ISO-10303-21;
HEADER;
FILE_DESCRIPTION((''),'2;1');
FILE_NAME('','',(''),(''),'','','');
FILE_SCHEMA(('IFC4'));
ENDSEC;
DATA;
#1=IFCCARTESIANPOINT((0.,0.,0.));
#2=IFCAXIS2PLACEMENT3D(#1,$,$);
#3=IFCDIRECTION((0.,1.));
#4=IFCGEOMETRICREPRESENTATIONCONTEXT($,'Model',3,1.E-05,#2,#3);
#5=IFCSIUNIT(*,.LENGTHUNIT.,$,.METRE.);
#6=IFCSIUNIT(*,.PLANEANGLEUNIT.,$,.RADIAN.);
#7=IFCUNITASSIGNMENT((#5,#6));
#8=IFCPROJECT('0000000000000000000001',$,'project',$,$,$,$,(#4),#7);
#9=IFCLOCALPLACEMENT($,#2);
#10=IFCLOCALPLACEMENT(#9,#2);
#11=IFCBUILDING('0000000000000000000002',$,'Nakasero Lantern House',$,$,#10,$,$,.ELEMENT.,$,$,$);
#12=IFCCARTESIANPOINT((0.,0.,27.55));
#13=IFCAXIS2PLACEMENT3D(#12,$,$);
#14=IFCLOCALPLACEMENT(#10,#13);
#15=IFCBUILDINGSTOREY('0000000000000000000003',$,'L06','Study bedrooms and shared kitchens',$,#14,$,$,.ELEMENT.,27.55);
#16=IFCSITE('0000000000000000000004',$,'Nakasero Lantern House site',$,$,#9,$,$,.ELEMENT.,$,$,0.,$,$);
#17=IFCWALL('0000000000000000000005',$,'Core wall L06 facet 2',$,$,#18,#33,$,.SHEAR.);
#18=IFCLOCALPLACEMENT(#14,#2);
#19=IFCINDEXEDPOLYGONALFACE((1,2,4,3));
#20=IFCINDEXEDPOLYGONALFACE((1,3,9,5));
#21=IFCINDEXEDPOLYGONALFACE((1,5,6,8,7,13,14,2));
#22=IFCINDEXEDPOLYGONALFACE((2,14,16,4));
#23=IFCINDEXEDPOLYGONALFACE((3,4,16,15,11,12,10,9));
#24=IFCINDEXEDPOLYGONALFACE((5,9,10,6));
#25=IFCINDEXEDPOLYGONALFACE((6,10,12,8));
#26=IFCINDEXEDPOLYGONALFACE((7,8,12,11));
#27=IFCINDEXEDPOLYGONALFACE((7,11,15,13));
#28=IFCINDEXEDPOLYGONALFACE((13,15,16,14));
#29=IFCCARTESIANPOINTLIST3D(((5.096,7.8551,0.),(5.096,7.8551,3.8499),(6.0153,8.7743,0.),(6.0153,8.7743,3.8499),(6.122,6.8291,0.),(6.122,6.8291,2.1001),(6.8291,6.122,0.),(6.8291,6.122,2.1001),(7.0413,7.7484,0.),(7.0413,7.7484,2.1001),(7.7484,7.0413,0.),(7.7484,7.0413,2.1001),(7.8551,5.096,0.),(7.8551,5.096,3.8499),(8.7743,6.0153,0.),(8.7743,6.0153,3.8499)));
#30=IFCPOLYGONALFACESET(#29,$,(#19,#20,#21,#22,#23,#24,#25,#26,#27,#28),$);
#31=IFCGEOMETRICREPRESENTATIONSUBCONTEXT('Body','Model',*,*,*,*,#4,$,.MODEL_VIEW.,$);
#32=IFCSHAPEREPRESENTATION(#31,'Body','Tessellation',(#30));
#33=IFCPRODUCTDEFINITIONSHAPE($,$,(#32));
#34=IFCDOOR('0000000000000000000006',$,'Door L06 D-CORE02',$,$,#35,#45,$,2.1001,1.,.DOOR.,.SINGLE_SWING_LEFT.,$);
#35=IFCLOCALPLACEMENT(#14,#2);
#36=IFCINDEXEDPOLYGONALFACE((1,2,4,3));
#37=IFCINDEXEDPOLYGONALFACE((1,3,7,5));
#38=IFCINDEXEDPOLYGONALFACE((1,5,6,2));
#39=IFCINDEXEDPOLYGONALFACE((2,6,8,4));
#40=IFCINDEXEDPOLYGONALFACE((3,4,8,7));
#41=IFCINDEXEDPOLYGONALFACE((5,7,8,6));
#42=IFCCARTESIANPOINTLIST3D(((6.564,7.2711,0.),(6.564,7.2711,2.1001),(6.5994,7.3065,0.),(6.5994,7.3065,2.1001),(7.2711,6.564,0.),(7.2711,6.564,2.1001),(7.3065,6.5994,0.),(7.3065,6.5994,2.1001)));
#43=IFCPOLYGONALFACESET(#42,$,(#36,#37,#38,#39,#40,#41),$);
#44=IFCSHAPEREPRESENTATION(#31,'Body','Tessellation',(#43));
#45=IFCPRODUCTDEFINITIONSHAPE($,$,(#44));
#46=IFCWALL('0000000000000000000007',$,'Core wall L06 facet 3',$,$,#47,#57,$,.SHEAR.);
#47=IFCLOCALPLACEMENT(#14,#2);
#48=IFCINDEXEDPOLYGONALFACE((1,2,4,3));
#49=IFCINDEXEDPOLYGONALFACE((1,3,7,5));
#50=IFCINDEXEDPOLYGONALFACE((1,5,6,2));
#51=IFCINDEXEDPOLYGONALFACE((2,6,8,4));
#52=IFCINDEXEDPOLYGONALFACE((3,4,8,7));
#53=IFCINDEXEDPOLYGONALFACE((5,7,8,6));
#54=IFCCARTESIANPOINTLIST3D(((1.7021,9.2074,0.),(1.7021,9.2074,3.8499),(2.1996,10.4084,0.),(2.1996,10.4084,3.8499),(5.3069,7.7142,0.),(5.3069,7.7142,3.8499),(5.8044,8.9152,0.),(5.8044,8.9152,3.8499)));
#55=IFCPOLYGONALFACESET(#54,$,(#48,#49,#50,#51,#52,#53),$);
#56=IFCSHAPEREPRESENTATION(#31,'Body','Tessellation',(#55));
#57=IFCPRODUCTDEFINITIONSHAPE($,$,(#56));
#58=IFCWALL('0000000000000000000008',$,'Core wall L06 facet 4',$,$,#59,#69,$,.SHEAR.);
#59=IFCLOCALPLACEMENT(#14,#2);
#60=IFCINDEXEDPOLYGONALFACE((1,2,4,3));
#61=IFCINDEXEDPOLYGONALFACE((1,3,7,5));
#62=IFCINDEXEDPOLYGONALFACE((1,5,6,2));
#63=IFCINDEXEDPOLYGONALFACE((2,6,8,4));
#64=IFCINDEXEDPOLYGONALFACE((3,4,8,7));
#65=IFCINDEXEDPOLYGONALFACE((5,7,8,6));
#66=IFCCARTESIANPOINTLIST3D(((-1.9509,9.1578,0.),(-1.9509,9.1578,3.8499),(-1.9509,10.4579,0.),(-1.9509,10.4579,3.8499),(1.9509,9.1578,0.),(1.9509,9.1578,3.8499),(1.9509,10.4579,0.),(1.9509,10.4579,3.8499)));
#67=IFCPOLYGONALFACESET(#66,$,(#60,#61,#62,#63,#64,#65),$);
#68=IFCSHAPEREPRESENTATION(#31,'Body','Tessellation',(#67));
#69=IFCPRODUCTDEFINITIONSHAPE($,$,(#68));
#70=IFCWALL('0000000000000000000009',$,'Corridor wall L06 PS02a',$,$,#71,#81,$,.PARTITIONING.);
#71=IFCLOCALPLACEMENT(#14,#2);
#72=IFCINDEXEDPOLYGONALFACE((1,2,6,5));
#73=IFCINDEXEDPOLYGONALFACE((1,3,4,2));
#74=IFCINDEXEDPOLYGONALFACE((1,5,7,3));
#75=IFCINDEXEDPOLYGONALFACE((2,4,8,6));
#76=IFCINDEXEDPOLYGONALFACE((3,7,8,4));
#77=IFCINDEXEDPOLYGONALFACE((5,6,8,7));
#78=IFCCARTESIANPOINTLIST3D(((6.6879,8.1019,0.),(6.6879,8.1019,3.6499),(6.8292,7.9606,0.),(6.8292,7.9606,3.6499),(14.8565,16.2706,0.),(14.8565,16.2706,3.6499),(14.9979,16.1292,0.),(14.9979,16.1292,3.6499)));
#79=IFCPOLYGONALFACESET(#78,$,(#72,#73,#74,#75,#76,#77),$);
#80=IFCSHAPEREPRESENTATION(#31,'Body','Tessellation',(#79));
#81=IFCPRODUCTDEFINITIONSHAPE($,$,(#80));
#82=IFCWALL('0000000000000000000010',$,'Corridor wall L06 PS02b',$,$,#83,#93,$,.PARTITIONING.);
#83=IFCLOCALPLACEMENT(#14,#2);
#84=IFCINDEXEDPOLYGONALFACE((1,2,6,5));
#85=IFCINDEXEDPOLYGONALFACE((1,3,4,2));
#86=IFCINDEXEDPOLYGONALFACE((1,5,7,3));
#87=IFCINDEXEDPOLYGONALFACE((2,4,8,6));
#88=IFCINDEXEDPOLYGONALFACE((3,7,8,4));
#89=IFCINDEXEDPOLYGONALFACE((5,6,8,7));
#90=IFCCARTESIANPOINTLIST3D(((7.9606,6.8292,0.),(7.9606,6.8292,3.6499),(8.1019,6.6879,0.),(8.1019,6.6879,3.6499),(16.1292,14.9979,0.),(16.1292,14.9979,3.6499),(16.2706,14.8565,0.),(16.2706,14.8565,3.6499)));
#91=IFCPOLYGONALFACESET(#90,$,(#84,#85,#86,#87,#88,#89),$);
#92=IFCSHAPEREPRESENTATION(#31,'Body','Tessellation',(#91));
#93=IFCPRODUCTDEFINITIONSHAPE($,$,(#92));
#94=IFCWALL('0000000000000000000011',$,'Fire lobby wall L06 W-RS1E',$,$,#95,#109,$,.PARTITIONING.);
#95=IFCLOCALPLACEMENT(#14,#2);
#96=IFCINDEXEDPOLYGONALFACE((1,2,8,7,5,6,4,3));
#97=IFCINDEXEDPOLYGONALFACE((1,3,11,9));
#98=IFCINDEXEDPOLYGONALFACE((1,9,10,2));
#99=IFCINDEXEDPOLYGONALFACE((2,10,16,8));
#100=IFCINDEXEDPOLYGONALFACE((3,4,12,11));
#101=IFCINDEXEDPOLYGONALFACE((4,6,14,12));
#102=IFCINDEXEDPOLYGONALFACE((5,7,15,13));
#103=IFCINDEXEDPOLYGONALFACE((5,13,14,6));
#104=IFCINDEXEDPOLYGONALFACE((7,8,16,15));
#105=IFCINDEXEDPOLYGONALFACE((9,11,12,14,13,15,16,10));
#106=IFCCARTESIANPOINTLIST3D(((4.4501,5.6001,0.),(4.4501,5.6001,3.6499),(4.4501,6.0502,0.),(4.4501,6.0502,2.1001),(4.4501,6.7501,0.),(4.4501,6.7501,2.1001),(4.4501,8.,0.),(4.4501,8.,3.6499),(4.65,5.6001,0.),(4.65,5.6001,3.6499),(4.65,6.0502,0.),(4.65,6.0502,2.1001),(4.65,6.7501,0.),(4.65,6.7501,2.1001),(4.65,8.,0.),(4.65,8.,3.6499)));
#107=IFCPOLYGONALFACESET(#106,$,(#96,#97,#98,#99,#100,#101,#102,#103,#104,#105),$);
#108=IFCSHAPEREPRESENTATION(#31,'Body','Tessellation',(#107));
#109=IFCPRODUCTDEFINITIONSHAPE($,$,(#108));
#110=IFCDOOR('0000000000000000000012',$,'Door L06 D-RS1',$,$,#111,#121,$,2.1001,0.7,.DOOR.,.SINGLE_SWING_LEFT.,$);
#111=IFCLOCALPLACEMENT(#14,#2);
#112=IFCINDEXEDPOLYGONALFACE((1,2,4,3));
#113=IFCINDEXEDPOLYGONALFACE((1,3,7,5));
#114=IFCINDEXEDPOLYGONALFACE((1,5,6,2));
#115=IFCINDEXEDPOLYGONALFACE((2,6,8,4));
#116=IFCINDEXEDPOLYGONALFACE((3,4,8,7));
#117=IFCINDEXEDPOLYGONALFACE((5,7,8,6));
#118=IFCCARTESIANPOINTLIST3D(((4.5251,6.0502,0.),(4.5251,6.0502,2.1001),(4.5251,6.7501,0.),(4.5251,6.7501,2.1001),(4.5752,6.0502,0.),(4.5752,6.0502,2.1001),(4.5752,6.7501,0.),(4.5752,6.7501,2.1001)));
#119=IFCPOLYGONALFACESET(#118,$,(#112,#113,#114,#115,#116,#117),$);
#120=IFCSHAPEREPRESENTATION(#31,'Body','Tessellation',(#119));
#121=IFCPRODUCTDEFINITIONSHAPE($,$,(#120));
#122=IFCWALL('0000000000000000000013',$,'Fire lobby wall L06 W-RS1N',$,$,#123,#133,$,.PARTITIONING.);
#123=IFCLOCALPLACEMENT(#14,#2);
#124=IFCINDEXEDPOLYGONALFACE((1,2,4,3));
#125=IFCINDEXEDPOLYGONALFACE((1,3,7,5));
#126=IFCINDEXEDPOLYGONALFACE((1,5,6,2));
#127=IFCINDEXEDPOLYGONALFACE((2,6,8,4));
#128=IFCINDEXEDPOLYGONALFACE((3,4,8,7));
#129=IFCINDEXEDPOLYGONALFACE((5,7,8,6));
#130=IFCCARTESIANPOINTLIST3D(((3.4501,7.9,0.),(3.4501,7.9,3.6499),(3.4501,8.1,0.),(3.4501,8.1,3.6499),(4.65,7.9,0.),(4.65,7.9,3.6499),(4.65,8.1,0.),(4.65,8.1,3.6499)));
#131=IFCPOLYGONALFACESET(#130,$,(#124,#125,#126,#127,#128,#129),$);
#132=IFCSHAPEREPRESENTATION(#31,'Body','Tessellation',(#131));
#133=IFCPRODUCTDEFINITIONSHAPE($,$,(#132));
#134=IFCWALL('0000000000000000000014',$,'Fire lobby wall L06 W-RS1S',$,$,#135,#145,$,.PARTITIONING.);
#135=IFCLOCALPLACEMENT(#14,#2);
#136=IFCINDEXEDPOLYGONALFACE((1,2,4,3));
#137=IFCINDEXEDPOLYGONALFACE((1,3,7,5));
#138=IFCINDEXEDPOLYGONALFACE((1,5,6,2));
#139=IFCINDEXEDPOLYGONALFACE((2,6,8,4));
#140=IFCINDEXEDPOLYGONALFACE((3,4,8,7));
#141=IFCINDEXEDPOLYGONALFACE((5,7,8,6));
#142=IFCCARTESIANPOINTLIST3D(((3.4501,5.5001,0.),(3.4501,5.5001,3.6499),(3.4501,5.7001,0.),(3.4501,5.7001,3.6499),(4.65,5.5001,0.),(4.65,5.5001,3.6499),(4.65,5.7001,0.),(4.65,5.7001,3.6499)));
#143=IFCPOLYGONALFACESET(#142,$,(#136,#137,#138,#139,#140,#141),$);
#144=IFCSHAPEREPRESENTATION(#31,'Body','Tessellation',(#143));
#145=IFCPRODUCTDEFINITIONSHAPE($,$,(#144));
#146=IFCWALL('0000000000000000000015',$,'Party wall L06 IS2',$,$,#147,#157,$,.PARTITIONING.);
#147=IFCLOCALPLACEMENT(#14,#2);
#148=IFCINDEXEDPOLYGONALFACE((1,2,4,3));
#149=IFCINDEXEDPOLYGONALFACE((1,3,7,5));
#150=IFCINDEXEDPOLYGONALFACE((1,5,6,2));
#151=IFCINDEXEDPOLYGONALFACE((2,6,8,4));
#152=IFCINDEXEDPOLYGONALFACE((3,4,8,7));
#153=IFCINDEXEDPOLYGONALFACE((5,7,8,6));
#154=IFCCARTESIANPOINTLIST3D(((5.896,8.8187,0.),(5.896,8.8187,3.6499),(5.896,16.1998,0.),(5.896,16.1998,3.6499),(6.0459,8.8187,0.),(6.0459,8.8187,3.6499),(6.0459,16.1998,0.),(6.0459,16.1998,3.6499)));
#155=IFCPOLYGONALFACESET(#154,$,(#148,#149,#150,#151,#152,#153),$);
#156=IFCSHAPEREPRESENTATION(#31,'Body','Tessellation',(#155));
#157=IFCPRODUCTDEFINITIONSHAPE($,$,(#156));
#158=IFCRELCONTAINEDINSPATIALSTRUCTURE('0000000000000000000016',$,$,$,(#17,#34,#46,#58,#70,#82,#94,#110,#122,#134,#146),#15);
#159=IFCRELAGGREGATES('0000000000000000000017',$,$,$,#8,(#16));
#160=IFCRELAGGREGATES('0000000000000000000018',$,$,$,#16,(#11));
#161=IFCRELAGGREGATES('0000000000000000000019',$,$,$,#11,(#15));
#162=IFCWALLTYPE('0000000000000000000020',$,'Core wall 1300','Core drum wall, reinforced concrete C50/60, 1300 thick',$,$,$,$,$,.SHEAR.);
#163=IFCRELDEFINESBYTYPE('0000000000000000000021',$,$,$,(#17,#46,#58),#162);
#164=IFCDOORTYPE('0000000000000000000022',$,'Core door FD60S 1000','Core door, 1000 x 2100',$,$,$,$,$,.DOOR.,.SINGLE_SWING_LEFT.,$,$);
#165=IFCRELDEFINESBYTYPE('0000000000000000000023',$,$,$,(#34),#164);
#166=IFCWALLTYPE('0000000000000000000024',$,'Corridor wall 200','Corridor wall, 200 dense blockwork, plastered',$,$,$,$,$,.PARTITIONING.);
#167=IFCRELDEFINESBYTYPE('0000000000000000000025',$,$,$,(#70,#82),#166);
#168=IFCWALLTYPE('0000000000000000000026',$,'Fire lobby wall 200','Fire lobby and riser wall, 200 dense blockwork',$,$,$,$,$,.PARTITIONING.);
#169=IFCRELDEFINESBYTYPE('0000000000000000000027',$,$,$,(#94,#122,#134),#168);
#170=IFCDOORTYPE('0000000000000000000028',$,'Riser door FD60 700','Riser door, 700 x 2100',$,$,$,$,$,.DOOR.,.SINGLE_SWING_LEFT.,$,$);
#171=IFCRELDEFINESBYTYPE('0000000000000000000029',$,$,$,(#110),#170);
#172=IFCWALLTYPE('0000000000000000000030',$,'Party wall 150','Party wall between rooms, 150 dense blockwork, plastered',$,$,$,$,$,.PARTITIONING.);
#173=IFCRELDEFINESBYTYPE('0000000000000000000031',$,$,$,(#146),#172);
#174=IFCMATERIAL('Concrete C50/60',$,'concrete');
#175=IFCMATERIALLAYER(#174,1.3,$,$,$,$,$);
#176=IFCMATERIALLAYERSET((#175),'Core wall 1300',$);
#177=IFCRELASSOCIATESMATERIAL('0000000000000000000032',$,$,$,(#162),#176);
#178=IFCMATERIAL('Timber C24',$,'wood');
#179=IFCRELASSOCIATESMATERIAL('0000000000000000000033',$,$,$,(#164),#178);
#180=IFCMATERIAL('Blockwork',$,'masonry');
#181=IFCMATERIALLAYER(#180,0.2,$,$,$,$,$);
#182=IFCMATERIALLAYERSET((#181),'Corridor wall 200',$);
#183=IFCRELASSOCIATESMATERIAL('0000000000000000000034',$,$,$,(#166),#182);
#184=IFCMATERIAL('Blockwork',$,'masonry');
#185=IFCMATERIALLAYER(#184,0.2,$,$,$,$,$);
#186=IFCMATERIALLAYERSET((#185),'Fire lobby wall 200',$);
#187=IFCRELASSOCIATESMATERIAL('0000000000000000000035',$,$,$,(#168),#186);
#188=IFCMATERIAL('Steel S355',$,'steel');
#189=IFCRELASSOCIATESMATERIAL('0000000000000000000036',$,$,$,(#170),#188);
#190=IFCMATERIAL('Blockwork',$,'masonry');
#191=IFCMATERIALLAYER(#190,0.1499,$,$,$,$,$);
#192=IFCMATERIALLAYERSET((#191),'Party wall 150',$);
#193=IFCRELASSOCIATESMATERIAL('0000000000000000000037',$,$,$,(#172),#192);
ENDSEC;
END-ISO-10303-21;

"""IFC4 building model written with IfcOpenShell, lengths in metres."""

from ifc_helpers import new_model, si_unit, direction, frame, frame_2d, origin, place, context, subcontext, project, spatial, rectangle, extrude, material, layer, layer_set, type_object, element, fill, save


model = new_model("IFC4")

# Units and contexts
model_context = context("Model", 3, precision=1e-05, world=origin(), true_north=direction((0.0, 1.0)))
body_context = subcontext(model_context, "Body", "Model", "MODEL_VIEW")
ifc_project = project(units=[si_unit("LENGTHUNIT", "METRE"), si_unit("PLANEANGLEUNIT", "RADIAN")], contexts=[model_context])

# Site, building, storey
site_placement = place(None, origin())
site = spatial("IfcSite", under=ifc_project, at=site_placement, Name="Nakasero Lantern House site", CompositionType="ELEMENT", RefElevation=0.0)
building_placement = place(site_placement, origin())
building = spatial("IfcBuilding", under=site, at=building_placement, Name="Nakasero Lantern House", CompositionType="ELEMENT")
storey_placement = place(building_placement, frame((0.0, 0.0, 27.55)))
storey = spatial("IfcBuildingStorey", under=building, at=storey_placement, Name="L06", Description="Study bedrooms and shared kitchens", CompositionType="ELEMENT", Elevation=27.55)

# Shared definitions
ifc_material_1 = material(Name="Concrete C50/60", Category="concrete")
ifc_layer_1 = layer(ifc_material_1, 1.3)
ifc_layer_set_1 = layer_set([ifc_layer_1], Name="Core wall 1300")
wall_type_1 = type_object("IfcWallType", Name="Core wall 1300", Description="Core drum wall, reinforced concrete C50/60, 1300 thick", PredefinedType="SHEAR", material=ifc_layer_set_1)

# Wall, opening, door
wall_1_placement = place(storey_placement, frame((8.3147, 5.5557, 0.0), z_axis=(0.0, 0.0, 1.0), x_axis=(-0.707107, 0.707107, 0.0)))
wall_1 = element("IfcWall", 1, at=wall_1_placement, inside=storey, type_object=wall_type_1, Name="Core wall L06 facet 2", PredefinedType="SHEAR", context=body_context, shape_type="SweptSolid", body=[
    extrude(rectangle(XDim=3.9019, YDim=1.3, at=frame_2d((1.9509, 0.0))), origin(), (0.0, 0.0, 1.0), 3.8499),
])
opening_1_placement = place(wall_1_placement, frame((1.4509, 0.0, 0.0)))
opening_1 = element("IfcOpeningElement", 2, at=opening_1_placement, cuts=wall_1, PredefinedType="OPENING", context=body_context, shape_type="SweptSolid", body=[
    extrude(rectangle(XDim=1.0, YDim=2.1001, at=frame_2d((0.5, 1.05))), frame((0.0, 0.6699, 0.0), z_axis=(0.0, -1.0, 0.0), x_axis=(1.0, 0.0, 0.0)), (0.0, 0.0, 1.0), 1.3401),
])
ifc_material_2 = material(Name="Timber C24", Category="wood")
door_type_1 = type_object("IfcDoorType", Name="Core door FD60S 1000", Description="Core door, 1000 x 2100", OperationType="SINGLE_SWING_LEFT", PredefinedType="DOOR", material=ifc_material_2)
door_1_placement = place(opening_1_placement, origin())
door_1 = element("IfcDoor", 3, at=door_1_placement, inside=storey, type_object=door_type_1, Name="Door L06 D-CORE02", OperationType="SINGLE_SWING_LEFT", OverallHeight=2.1001, OverallWidth=1.0, PredefinedType="DOOR", context=body_context, shape_type="SweptSolid", body=[
    extrude(rectangle(XDim=1.0, YDim=2.1001, at=frame_2d((0.5, 1.05))), frame((0.0, 0.0249, 0.0), z_axis=(0.0, -1.0, 0.0), x_axis=(1.0, 0.0, 0.0)), (0.0, 0.0, 1.0), 0.05),
])
fill(opening_1, door_1)

# Walls
for number, where, z_axis, x_axis, name in (
    (4, (5.5557, 8.3147, 0.0), (0.0, 0.0, 1.0), (-0.923877, 0.382691, 0.0), "Core wall L06 facet 3"),
    (5, (1.9509, 9.8079, 0.0), (0.0, 0.0, 1.0), (-1.0, 0.0, 0.0), "Core wall L06 facet 4"),
):
    element("IfcWall", number, at=place(storey_placement, frame(where, z_axis=z_axis, x_axis=x_axis)), inside=storey, type_object=wall_type_1, Name=name, PredefinedType="SHEAR", context=body_context, shape_type="SweptSolid", body=[
        extrude(rectangle(XDim=3.9019, YDim=1.3, at=frame_2d((1.9509, 0.0))), origin(), (0.0, 0.0, 1.0), 3.8499),
    ])
ifc_material_3 = material(Name="Blockwork", Category="masonry")
ifc_layer_2 = layer(ifc_material_3, 0.2)
ifc_layer_set_2 = layer_set([ifc_layer_2], Name="Corridor wall 200")
wall_type_2 = type_object("IfcWallType", Name="Corridor wall 200", Description="Corridor wall, 200 dense blockwork, plastered", PredefinedType="PARTITIONING", material=ifc_layer_set_2)
for number, where, z_axis, x_axis, name in (
    (6, (6.7585, 8.0312, 0.0), (0.0, 0.0, 1.0), (0.707107, 0.707107, 0.0), "Corridor wall L06 PS02a"),
    (7, (8.0312, 6.7585, 0.0), (0.0, 0.0, 1.0), (0.707107, 0.707107, 0.0), "Corridor wall L06 PS02b"),
):
    element("IfcWall", number, at=place(storey_placement, frame(where, z_axis=z_axis, x_axis=x_axis)), inside=storey, type_object=wall_type_2, Name=name, PredefinedType="PARTITIONING", context=body_context, shape_type="SweptSolid", body=[
        extrude(rectangle(XDim=11.5522, YDim=0.2, at=frame_2d((5.7761, 0.0))), origin(), (0.0, 0.0, 1.0), 3.6499),
    ])

# Wall, opening, door
ifc_material_4 = material(Name="Blockwork", Category="masonry")
ifc_layer_3 = layer(ifc_material_4, 0.2)
ifc_layer_set_3 = layer_set([ifc_layer_3], Name="Fire lobby wall 200")
wall_type_3 = type_object("IfcWallType", Name="Fire lobby wall 200", Description="Fire lobby and riser wall, 200 dense blockwork", PredefinedType="PARTITIONING", material=ifc_layer_set_3)
wall_2_placement = place(storey_placement, frame((4.55, 5.6001, 0.0), z_axis=(0.0, 0.0, 1.0), x_axis=(0.0, 1.0, 0.0)))
wall_2 = element("IfcWall", 8, at=wall_2_placement, inside=storey, type_object=wall_type_3, Name="Fire lobby wall L06 W-RS1E", PredefinedType="PARTITIONING", context=body_context, shape_type="SweptSolid", body=[
    extrude(rectangle(XDim=2.3999, YDim=0.2, at=frame_2d((1.2, 0.0))), origin(), (0.0, 0.0, 1.0), 3.6499),
])
opening_2_placement = place(wall_2_placement, frame((0.45, 0.0, 0.0)))
opening_2 = element("IfcOpeningElement", 9, at=opening_2_placement, cuts=wall_2, PredefinedType="OPENING", context=body_context, shape_type="SweptSolid", body=[
    extrude(rectangle(XDim=0.7, YDim=2.1001, at=frame_2d((0.3501, 1.05))), frame((0.0, 0.1199, 0.0), z_axis=(0.0, -1.0, 0.0), x_axis=(1.0, 0.0, 0.0)), (0.0, 0.0, 1.0), 0.24),
])
ifc_material_5 = material(Name="Steel S355", Category="steel")
door_type_2 = type_object("IfcDoorType", Name="Riser door FD60 700", Description="Riser door, 700 x 2100", OperationType="SINGLE_SWING_LEFT", PredefinedType="DOOR", material=ifc_material_5)
door_2_placement = place(opening_2_placement, origin())
door_2 = element("IfcDoor", 10, at=door_2_placement, inside=storey, type_object=door_type_2, Name="Door L06 D-RS1", OperationType="SINGLE_SWING_LEFT", OverallHeight=2.1001, OverallWidth=0.7, PredefinedType="DOOR", context=body_context, shape_type="SweptSolid", body=[
    extrude(rectangle(XDim=0.7, YDim=2.1001, at=frame_2d((0.3501, 1.05))), frame((0.0, 0.0249, 0.0), z_axis=(0.0, -1.0, 0.0), x_axis=(1.0, 0.0, 0.0)), (0.0, 0.0, 1.0), 0.05),
])
fill(opening_2, door_2)

# Walls
for number, where, z_axis, x_axis, name in (
    (11, (3.45, 8.0, 0.0), (0.0, 0.0, 1.0), (1.0, 0.0, 0.0), "Fire lobby wall L06 W-RS1N"),
    (12, (3.45, 5.6001, 0.0), (0.0, 0.0, 1.0), (1.0, 0.0, 0.0), "Fire lobby wall L06 W-RS1S"),
):
    element("IfcWall", number, at=place(storey_placement, frame(where, z_axis=z_axis, x_axis=x_axis)), inside=storey, type_object=wall_type_3, Name=name, PredefinedType="PARTITIONING", context=body_context, shape_type="SweptSolid", body=[
        extrude(rectangle(XDim=1.2, YDim=0.2, at=frame_2d((0.6001, 0.0))), origin(), (0.0, 0.0, 1.0), 3.6499),
    ])
ifc_material_6 = material(Name="Blockwork", Category="masonry")
ifc_layer_4 = layer(ifc_material_6, 0.1499)
ifc_layer_set_4 = layer_set([ifc_layer_4], Name="Party wall 150")
wall_type_4 = type_object("IfcWallType", Name="Party wall 150", Description="Party wall between rooms, 150 dense blockwork, plastered", PredefinedType="PARTITIONING", material=ifc_layer_set_4)
wall_3_placement = place(storey_placement, frame((5.9709, 8.8188, 0.0), z_axis=(0.0, 0.0, 1.0), x_axis=(0.0, 1.0, 0.0)))
element("IfcWall", 13, at=wall_3_placement, inside=storey, type_object=wall_type_4, Name="Party wall L06 IS2", PredefinedType="PARTITIONING", context=body_context, shape_type="SweptSolid", body=[
    extrude(rectangle(XDim=7.3811, YDim=0.1499, at=frame_2d((3.6904, 0.0))), origin(), (0.0, 0.0, 1.0), 3.6499),
])

save(model, "model.ifc")
